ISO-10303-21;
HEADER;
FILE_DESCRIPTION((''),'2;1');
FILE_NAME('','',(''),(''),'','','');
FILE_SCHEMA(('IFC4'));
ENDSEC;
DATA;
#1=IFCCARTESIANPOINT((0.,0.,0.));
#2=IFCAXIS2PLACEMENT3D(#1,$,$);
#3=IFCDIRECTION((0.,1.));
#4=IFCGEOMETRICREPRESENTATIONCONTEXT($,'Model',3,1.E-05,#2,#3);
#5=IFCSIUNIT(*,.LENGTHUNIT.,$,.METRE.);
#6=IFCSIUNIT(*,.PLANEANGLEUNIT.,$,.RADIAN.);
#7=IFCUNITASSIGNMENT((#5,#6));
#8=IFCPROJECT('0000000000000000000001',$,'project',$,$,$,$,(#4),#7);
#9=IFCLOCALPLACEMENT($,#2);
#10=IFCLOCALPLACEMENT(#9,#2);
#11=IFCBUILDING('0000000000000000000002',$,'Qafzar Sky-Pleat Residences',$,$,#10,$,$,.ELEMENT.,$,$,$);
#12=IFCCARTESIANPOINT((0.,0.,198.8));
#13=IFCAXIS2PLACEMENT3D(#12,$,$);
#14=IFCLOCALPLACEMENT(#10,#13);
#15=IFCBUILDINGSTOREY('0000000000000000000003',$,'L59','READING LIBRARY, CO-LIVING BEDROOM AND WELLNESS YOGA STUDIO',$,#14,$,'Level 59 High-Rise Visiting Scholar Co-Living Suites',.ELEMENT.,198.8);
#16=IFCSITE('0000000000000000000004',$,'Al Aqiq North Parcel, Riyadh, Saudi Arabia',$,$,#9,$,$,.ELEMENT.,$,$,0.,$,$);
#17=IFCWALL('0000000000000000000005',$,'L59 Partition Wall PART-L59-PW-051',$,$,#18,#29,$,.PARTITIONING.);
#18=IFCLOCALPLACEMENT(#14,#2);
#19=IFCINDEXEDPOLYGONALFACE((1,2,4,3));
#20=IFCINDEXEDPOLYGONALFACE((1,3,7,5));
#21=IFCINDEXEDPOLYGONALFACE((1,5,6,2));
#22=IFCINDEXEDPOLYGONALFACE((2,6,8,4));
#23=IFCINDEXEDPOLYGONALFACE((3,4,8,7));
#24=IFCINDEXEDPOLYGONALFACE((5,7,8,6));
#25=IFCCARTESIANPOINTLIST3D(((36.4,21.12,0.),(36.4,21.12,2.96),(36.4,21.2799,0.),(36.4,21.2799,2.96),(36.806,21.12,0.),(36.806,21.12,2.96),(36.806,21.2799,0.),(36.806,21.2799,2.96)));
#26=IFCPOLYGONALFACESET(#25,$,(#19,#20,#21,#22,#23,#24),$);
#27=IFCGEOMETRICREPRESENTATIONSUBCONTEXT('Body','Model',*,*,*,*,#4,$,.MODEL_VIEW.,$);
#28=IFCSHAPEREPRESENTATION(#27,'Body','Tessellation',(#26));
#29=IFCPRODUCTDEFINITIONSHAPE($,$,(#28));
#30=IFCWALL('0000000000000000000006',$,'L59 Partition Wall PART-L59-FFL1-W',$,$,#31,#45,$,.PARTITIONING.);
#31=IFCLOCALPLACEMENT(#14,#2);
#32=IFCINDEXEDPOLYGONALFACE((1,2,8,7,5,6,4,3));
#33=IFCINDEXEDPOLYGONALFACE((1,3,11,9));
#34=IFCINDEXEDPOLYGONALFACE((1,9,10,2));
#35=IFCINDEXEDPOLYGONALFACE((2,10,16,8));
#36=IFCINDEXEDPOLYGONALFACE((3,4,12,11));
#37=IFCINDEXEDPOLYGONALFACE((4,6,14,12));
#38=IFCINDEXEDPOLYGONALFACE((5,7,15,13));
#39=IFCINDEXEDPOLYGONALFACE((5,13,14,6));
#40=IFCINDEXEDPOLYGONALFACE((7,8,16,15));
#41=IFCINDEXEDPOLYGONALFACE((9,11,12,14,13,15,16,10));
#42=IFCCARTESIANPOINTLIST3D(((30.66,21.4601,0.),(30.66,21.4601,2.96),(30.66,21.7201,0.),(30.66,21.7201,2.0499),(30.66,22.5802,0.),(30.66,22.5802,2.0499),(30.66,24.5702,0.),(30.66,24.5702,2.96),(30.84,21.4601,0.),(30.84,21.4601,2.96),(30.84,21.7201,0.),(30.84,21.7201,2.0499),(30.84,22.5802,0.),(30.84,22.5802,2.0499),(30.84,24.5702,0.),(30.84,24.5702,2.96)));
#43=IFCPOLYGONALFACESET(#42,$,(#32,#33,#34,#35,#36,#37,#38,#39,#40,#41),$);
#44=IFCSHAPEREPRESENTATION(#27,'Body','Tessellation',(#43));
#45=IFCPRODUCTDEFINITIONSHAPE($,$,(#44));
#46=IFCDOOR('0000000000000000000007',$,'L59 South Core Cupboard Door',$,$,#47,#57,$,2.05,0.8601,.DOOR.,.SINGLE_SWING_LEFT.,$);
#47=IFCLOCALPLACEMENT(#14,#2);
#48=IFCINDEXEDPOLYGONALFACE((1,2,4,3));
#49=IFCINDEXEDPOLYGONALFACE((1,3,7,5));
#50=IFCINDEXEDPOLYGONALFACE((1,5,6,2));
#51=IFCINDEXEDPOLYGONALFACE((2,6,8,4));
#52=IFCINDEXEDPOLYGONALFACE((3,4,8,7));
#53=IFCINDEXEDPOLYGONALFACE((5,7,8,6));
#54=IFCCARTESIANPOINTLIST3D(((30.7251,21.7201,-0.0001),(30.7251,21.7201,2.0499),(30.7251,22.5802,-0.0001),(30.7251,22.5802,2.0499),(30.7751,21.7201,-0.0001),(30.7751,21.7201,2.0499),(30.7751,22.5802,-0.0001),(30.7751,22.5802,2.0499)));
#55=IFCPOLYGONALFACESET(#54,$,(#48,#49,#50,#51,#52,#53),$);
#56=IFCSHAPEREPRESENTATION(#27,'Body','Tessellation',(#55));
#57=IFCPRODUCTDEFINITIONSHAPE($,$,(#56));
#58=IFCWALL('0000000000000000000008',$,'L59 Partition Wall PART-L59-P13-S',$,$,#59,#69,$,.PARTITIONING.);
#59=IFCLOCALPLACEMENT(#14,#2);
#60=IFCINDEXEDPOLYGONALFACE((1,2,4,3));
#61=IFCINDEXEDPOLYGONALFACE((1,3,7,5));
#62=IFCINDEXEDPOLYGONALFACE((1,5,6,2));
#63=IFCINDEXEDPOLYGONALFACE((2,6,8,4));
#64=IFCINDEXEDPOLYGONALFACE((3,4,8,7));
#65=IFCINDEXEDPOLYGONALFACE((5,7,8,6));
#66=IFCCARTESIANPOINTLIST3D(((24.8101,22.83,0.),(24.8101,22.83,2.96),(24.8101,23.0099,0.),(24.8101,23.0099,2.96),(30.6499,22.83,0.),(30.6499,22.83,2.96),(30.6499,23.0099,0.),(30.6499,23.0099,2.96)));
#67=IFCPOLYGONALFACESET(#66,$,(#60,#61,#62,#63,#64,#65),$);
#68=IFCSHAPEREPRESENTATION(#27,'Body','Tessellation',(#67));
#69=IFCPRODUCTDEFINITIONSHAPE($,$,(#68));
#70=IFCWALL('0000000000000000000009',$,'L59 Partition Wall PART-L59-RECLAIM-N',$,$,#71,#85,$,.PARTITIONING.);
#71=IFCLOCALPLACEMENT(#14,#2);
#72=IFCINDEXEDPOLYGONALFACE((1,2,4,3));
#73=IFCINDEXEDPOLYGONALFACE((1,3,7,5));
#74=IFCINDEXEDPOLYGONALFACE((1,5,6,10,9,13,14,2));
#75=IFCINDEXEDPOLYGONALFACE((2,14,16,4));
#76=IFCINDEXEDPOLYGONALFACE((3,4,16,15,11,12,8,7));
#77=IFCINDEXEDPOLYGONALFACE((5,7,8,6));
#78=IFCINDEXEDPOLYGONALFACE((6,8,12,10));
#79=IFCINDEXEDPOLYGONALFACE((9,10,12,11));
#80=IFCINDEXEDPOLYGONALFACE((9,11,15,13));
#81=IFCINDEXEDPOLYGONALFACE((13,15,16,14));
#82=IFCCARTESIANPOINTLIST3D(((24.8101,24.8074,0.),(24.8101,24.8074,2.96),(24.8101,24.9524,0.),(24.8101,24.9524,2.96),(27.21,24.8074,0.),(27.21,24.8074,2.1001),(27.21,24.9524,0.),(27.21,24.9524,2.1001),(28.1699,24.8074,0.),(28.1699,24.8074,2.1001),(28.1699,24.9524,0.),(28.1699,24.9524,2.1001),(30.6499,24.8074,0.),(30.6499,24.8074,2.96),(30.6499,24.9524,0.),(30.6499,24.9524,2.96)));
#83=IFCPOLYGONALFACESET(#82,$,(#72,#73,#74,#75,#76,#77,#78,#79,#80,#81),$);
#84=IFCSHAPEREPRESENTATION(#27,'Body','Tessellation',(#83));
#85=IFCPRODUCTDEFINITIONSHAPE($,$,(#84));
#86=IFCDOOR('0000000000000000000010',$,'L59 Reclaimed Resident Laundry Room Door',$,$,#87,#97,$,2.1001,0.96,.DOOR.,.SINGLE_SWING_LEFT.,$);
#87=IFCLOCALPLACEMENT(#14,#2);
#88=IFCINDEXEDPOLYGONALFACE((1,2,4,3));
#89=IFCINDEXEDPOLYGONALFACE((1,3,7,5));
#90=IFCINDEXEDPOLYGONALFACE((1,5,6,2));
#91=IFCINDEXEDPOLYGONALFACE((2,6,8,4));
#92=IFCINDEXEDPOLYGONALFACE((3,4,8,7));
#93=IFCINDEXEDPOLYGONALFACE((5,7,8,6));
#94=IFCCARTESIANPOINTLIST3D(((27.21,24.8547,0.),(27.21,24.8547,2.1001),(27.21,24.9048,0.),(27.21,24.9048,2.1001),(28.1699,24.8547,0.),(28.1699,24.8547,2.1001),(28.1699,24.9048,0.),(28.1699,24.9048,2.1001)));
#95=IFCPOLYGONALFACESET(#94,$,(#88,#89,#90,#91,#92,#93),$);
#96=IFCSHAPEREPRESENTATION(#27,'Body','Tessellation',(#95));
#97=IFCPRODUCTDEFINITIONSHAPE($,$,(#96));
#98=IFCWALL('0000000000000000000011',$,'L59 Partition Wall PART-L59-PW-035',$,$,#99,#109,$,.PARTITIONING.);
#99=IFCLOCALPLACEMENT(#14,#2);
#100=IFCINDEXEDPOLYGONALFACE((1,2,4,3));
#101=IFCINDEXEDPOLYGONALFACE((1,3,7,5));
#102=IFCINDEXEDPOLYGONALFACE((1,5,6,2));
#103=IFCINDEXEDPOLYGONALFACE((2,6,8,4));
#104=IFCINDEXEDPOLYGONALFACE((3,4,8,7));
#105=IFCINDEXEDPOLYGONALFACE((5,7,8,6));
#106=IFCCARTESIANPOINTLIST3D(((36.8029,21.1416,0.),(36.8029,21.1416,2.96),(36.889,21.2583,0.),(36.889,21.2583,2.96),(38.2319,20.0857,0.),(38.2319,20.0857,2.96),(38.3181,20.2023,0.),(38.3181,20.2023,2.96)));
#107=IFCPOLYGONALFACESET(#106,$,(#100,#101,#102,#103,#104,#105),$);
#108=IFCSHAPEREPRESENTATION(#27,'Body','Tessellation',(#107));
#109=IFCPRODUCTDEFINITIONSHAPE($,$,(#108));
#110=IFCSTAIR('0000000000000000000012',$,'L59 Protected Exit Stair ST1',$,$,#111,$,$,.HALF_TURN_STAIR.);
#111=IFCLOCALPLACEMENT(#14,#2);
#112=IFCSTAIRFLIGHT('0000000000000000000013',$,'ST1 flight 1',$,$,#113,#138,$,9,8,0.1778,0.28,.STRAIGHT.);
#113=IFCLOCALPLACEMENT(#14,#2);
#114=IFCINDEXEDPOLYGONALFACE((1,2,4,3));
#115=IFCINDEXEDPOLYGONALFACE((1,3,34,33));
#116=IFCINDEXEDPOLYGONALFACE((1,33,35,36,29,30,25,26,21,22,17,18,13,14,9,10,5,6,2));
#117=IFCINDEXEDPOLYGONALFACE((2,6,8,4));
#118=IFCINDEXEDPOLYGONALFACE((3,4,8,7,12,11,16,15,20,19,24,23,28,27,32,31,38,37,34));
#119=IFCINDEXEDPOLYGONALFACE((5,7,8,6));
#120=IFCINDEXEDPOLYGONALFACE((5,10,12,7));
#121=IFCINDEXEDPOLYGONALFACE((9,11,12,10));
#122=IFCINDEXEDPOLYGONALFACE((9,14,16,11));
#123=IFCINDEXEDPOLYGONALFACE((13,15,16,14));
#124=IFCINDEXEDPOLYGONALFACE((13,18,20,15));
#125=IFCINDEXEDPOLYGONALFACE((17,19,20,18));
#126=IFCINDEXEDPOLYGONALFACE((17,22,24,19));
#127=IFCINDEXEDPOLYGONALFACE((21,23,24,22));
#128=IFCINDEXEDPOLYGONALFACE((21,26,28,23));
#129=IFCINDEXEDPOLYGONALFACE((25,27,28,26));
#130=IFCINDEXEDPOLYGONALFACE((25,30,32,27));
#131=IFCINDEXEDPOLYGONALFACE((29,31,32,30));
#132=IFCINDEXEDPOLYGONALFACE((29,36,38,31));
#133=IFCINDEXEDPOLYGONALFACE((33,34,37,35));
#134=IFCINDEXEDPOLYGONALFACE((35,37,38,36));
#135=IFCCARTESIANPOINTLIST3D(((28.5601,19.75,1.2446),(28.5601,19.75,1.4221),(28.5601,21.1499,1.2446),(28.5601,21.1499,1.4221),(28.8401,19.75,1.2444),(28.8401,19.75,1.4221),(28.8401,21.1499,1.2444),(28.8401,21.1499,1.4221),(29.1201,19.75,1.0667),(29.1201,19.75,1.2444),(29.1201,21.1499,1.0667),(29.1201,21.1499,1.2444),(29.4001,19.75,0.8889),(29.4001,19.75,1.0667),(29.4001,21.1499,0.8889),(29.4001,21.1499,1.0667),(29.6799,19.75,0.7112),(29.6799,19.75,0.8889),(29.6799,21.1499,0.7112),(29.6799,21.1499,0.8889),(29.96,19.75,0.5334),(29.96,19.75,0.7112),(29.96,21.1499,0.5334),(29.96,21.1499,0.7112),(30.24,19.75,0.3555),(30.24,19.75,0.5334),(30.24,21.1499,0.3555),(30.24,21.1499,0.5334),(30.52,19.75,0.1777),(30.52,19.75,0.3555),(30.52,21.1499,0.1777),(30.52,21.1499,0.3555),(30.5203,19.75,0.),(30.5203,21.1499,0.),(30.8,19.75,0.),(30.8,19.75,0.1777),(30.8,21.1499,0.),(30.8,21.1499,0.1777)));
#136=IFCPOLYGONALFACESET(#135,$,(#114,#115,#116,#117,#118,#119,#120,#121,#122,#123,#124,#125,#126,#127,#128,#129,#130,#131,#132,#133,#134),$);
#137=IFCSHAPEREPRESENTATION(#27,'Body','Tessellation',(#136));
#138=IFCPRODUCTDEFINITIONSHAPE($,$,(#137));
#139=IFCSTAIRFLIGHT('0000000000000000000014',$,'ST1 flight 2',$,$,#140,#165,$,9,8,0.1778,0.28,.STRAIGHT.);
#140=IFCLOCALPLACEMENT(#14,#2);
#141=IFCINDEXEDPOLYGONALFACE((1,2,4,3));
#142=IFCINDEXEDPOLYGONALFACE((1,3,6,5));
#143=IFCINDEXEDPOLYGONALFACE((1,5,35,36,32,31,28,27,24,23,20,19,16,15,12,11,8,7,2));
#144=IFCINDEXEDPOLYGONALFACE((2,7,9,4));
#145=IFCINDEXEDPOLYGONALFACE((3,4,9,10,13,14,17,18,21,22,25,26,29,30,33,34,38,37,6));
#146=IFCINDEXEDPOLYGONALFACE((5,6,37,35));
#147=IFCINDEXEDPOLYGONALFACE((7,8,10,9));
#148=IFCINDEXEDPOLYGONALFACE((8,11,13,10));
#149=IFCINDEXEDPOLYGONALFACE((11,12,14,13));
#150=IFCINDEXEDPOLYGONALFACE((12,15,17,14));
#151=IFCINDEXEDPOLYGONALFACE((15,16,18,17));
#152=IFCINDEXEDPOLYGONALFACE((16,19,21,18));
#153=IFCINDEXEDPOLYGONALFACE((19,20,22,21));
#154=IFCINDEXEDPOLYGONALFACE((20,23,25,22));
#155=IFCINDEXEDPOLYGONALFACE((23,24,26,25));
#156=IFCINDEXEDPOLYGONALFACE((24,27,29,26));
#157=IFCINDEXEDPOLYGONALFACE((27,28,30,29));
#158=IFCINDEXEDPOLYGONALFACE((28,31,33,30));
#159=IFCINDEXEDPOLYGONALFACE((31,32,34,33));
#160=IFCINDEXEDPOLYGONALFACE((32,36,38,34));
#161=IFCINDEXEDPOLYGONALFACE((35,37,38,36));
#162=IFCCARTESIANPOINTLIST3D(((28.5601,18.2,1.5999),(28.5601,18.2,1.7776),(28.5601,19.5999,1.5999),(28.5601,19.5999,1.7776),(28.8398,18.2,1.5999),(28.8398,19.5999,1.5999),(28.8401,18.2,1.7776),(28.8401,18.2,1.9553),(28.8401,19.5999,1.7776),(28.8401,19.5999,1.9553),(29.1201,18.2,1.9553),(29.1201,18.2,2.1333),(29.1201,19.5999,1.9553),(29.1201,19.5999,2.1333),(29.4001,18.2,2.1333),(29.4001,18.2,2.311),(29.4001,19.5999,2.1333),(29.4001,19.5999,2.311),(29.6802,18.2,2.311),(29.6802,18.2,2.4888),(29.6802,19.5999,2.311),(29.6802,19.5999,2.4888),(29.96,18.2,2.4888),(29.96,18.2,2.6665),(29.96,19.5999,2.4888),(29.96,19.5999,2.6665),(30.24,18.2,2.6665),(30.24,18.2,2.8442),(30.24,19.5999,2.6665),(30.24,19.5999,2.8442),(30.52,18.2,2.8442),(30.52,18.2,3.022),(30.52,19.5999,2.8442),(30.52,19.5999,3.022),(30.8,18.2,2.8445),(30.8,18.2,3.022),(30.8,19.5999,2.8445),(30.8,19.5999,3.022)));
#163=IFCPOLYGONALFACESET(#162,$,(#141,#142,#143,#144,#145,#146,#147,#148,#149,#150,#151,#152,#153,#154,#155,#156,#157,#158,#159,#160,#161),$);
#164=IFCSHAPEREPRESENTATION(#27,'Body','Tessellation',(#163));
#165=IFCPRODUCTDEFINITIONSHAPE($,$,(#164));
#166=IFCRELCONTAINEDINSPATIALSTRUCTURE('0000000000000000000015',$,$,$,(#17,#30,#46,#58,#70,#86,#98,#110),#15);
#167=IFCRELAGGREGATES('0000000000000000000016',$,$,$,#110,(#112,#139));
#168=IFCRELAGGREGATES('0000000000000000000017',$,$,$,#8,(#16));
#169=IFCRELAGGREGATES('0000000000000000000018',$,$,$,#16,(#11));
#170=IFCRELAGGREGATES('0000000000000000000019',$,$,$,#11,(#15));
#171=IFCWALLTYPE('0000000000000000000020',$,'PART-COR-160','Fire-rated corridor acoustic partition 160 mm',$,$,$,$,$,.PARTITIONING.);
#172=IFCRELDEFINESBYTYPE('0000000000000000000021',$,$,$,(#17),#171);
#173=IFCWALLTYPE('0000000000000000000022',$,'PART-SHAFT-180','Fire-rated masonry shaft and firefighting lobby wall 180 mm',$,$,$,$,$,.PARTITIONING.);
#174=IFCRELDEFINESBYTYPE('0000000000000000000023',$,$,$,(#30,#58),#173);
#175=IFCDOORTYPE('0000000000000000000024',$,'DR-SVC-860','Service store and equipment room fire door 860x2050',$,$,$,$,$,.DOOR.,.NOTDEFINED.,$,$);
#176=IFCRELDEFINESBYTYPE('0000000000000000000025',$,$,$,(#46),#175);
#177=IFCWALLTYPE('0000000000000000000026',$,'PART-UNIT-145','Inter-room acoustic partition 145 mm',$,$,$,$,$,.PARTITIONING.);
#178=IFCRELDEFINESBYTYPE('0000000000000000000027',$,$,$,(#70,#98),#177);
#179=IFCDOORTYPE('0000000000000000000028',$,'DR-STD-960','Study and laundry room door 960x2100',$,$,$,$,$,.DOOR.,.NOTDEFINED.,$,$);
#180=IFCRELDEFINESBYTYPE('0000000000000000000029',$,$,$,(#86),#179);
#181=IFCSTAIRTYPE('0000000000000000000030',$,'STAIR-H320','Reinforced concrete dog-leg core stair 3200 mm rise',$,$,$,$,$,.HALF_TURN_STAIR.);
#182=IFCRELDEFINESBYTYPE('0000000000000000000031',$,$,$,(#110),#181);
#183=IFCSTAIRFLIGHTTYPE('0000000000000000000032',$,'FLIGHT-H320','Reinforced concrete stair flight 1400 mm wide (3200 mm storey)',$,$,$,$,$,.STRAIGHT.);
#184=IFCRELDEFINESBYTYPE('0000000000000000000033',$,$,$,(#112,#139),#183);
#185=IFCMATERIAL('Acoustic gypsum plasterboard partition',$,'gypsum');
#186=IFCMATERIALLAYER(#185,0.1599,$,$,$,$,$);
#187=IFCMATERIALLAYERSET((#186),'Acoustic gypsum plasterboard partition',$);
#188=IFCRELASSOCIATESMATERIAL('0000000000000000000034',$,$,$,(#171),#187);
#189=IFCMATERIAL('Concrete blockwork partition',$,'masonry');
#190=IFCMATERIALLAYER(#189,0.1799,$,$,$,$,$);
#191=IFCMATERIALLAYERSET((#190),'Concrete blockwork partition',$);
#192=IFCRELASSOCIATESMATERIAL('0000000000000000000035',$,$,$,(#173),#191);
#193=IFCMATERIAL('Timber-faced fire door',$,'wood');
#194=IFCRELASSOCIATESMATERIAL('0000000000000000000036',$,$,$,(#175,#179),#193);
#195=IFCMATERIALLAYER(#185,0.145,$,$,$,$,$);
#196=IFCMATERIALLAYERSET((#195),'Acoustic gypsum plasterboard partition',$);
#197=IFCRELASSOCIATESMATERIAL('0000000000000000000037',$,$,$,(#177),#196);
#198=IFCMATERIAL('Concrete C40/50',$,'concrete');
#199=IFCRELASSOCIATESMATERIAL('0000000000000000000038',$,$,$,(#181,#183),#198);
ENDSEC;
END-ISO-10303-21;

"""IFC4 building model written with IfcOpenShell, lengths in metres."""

from ifc_helpers import new_model, si_unit, direction, frame, frame_2d, origin, place, context, subcontext, project, spatial, polyline, rectangle, outline, extrude, source, transform, mapped, material, layer, layer_set, type_object, element, fill, aggregate, save


model = new_model("IFC4")

# Units and contexts
model_context = context("Model", 3, precision=1e-05, world=origin(), true_north=direction((0.0, 1.0)))
body_context = subcontext(model_context, "Body", "Model", "MODEL_VIEW")
ifc_project = project(units=[si_unit("LENGTHUNIT", "METRE"), si_unit("PLANEANGLEUNIT", "RADIAN")], contexts=[model_context])

# Site, building, storey
site_placement = place(None, origin())
site = spatial("IfcSite", under=ifc_project, at=site_placement, Name="Al Aqiq North Parcel, Riyadh, Saudi Arabia", CompositionType="ELEMENT", RefElevation=0.0)
building_placement = place(site_placement, origin())
building = spatial("IfcBuilding", under=site, at=building_placement, Name="Qafzar Sky-Pleat Residences", CompositionType="ELEMENT")
storey_placement = place(building_placement, frame((0.0, 0.0, 198.8)))
storey = spatial("IfcBuildingStorey", under=building, at=storey_placement, Name="L59", Description="READING LIBRARY, CO-LIVING BEDROOM AND WELLNESS YOGA STUDIO", LongName="Level 59 High-Rise Visiting Scholar Co-Living Suites", CompositionType="ELEMENT", Elevation=198.8)

# Wall
ifc_material_1 = material(Name="Acoustic gypsum plasterboard partition", Category="gypsum")
ifc_layer_1 = layer(ifc_material_1, 0.1599)
ifc_layer_set_1 = layer_set([ifc_layer_1], Name="Acoustic gypsum plasterboard partition")
wall_type_1 = type_object("IfcWallType", Name="PART-COR-160", Description="Fire-rated corridor acoustic partition 160 mm", PredefinedType="PARTITIONING", material=ifc_layer_set_1)
wall_1_placement = place(storey_placement, frame((36.3999, 21.2, 0.0), z_axis=(0.0, 0.0, 1.0), x_axis=(1.0, 0.0, 0.0)))
element("IfcWall", 1, at=wall_1_placement, inside=storey, type_object=wall_type_1, Name="L59 Partition Wall PART-L59-PW-051", PredefinedType="PARTITIONING", context=body_context, shape_type="SweptSolid", body=[
    extrude(rectangle(XDim=0.406, YDim=0.1599, at=frame_2d((0.2031, 0.0))), origin(), (0.0, 0.0, 1.0), 2.96),
])

# Wall, opening, door
ifc_material_2 = material(Name="Concrete blockwork partition", Category="masonry")
ifc_layer_2 = layer(ifc_material_2, 0.1799)
ifc_layer_set_2 = layer_set([ifc_layer_2], Name="Concrete blockwork partition")
wall_type_2 = type_object("IfcWallType", Name="PART-SHAFT-180", Description="Fire-rated masonry shaft and firefighting lobby wall 180 mm", PredefinedType="PARTITIONING", material=ifc_layer_set_2)
wall_2_placement = place(storey_placement, frame((30.75, 21.46, 0.0), z_axis=(0.0, 0.0, 1.0), x_axis=(0.0, 1.0, 0.0)))
wall_2 = element("IfcWall", 2, at=wall_2_placement, inside=storey, type_object=wall_type_2, Name="L59 Partition Wall PART-L59-FFL1-W", PredefinedType="PARTITIONING", context=body_context, shape_type="SweptSolid", body=[
    extrude(rectangle(XDim=3.1101, YDim=0.1799, at=frame_2d((1.5552, 0.0))), origin(), (0.0, 0.0, 1.0), 2.96),
])
opening_1_placement = place(wall_2_placement, frame((0.26, 0.0, 0.0)))
opening_1 = element("IfcOpeningElement", 3, at=opening_1_placement, cuts=wall_2, PredefinedType="OPENING", context=body_context, shape_type="SweptSolid", body=[
    extrude(rectangle(XDim=0.8601, YDim=2.05, at=frame_2d((0.4302, 1.0249))), frame((0.0, 0.1001, 0.0), z_axis=(0.0, -1.0, 0.0), x_axis=(1.0, 0.0, 0.0)), (0.0, 0.0, 1.0), 0.2),
])
ifc_material_3 = material(Name="Timber-faced fire door", Category="wood")
door_type_1 = type_object("IfcDoorType", Name="DR-SVC-860", Description="Service store and equipment room fire door 860x2050", OperationType="NOTDEFINED", PredefinedType="DOOR", material=ifc_material_3)
shared_shape_1 = source(origin(), body_context, "Body", "SweptSolid", [
    extrude(rectangle(XDim=0.8601, YDim=2.05, at=frame_2d((0.4302, 1.0249))), frame((0.0, 0.0249, 0.0), z_axis=(0.0, -1.0, 0.0), x_axis=(1.0, 0.0, 0.0)), (0.0, 0.0, 1.0), 0.05),
])
door_1_placement = place(opening_1_placement, origin())
door_1 = element("IfcDoor", 4, at=door_1_placement, inside=storey, type_object=door_type_1, Name="L59 South Core Cupboard Door", OperationType="SINGLE_SWING_LEFT", OverallHeight=2.05, OverallWidth=0.8601, PredefinedType="DOOR", context=body_context, shape_type="MappedRepresentation", body=[
    mapped(shared_shape_1, transform((0.0, 0.0, 0.0), x_axis=(1.0, 0.0, 0.0), y_axis=(0.0, 1.0, 0.0), z_axis=(0.0, 0.0, 1.0), scale=1.0)),
])
fill(opening_1, door_1)

# Wall
wall_3_placement = place(storey_placement, frame((24.8101, 22.9199, 0.0), z_axis=(0.0, 0.0, 1.0), x_axis=(1.0, 0.0, 0.0)))
element("IfcWall", 5, at=wall_3_placement, inside=storey, type_object=wall_type_2, Name="L59 Partition Wall PART-L59-P13-S", PredefinedType="PARTITIONING", context=body_context, shape_type="SweptSolid", body=[
    extrude(rectangle(XDim=5.8398, YDim=0.1799, at=frame_2d((2.9199, 0.0))), origin(), (0.0, 0.0, 1.0), 2.96),
])

# Wall, opening, door
ifc_layer_3 = layer(ifc_material_1, 0.145)
ifc_layer_set_3 = layer_set([ifc_layer_3], Name="Acoustic gypsum plasterboard partition")
wall_type_3 = type_object("IfcWallType", Name="PART-UNIT-145", Description="Inter-room acoustic partition 145 mm", PredefinedType="PARTITIONING", material=ifc_layer_set_3)
wall_4_placement = place(storey_placement, frame((24.8101, 24.8799, 0.0), z_axis=(0.0, 0.0, 1.0), x_axis=(1.0, 0.0, 0.0)))
wall_4 = element("IfcWall", 6, at=wall_4_placement, inside=storey, type_object=wall_type_3, Name="L59 Partition Wall PART-L59-RECLAIM-N", PredefinedType="PARTITIONING", context=body_context, shape_type="SweptSolid", body=[
    extrude(rectangle(XDim=5.8398, YDim=0.145, at=frame_2d((2.9199, 0.0))), origin(), (0.0, 0.0, 1.0), 2.96),
])
opening_2_placement = place(wall_4_placement, frame((2.3999, 0.0, 0.0)))
opening_2 = element("IfcOpeningElement", 7, at=opening_2_placement, cuts=wall_4, PredefinedType="OPENING", context=body_context, shape_type="SweptSolid", body=[
    extrude(rectangle(XDim=0.96, YDim=2.1001, at=frame_2d((0.48, 1.05))), frame((0.0, 0.0825, 0.0), z_axis=(0.0, -1.0, 0.0), x_axis=(1.0, 0.0, 0.0)), (0.0, 0.0, 1.0), 0.165),
])
door_type_2 = type_object("IfcDoorType", Name="DR-STD-960", Description="Study and laundry room door 960x2100", OperationType="NOTDEFINED", PredefinedType="DOOR", material=ifc_material_3)
shared_shape_2 = source(origin(), body_context, "Body", "SweptSolid", [
    extrude(rectangle(XDim=0.96, YDim=2.1001, at=frame_2d((0.48, 1.05))), frame((0.0, 0.0249, 0.0), z_axis=(0.0, -1.0, 0.0), x_axis=(1.0, 0.0, 0.0)), (0.0, 0.0, 1.0), 0.05),
])
door_2_placement = place(opening_2_placement, origin())
door_2 = element("IfcDoor", 8, at=door_2_placement, inside=storey, type_object=door_type_2, Name="L59 Reclaimed Resident Laundry Room Door", OperationType="SINGLE_SWING_LEFT", OverallHeight=2.1001, OverallWidth=0.96, PredefinedType="DOOR", context=body_context, shape_type="MappedRepresentation", body=[
    mapped(shared_shape_2, transform((0.0, 0.0, 0.0), x_axis=(1.0, 0.0, 0.0), y_axis=(0.0, 1.0, 0.0), z_axis=(0.0, 0.0, 1.0), scale=1.0)),
])
fill(opening_2, door_2)

# Wall
wall_5_placement = place(storey_placement, frame((36.8459, 21.2, 0.0), z_axis=(0.0, 0.0, 1.0), x_axis=(0.80425, -0.594291, 0.0)))
element("IfcWall", 9, at=wall_5_placement, inside=storey, type_object=wall_type_3, Name="L59 Partition Wall PART-L59-PW-035", PredefinedType="PARTITIONING", context=body_context, shape_type="SweptSolid", body=[
    extrude(rectangle(XDim=1.7769, YDim=0.145, at=frame_2d((0.8884, 0.0))), origin(), (0.0, 0.0, 1.0), 2.96),
])

# Stair, stair flights
ifc_material_4 = material(Name="Concrete C40/50", Category="concrete")
stair_type = type_object("IfcStairType", Name="STAIR-H320", Description="Reinforced concrete dog-leg core stair 3200 mm rise", PredefinedType="HALF_TURN_STAIR", material=ifc_material_4)
stair_placement = place(storey_placement, origin())
stair = element("IfcStair", 10, at=stair_placement, inside=storey, type_object=stair_type, Name="L59 Protected Exit Stair ST1", PredefinedType="HALF_TURN_STAIR")
stair_flight_type = type_object("IfcStairFlightType", Name="FLIGHT-H320", Description="Reinforced concrete stair flight 1400 mm wide (3200 mm storey)", PredefinedType="STRAIGHT", material=ifc_material_4)
shared_shape_3 = source(origin(), body_context, "Body", "SweptSolid", [
    extrude(outline(polyline([(0.0, 0.0), (0.0, 0.1777), (0.28, 0.1777), (0.28, 0.3555), (0.5601, 0.3555), (0.5601, 0.5334), (0.8401, 0.5334), (0.8401, 0.7112), (1.1201, 0.7112), (1.1201, 0.8889), (1.3999, 0.8889), (1.3999, 1.0667), (1.6799, 1.0667), (1.6799, 1.2444), (1.96, 1.2444), (1.96, 1.4221), (2.24, 1.4221), (2.24, 1.6001), (2.24, 1.2446), (0.2798, 0.0), (0.0, 0.0)])), frame((0.0, 0.7, 0.0), z_axis=(0.0, -1.0, 0.0), x_axis=(1.0, 0.0, 0.0)), (0.0, 0.0, 1.0), 1.3999),
])
stair_flight_1_placement = place(storey_placement, frame((30.8, 20.45, 0.0), z_axis=(0.0, 0.0, 1.0), x_axis=(-1.0, 0.0, 0.0)))
stair_flight_1 = element("IfcStairFlight", 11, at=stair_flight_1_placement, type_object=stair_flight_type, Name="ST1 flight 1", NumberOfRisers=9, NumberOfTreads=8, PredefinedType="STRAIGHT", RiserHeight=0.1778, TreadLength=0.28, context=body_context, shape_type="MappedRepresentation", body=[
    mapped(shared_shape_3, transform((0.0, 0.0, 0.0), x_axis=(1.0, 0.0, 0.0), y_axis=(0.0, 1.0, 0.0), z_axis=(0.0, 0.0, 1.0), scale=1.0)),
])
stair_flight_2_placement = place(storey_placement, frame((28.5601, 18.8999, 1.5999), z_axis=(0.0, 0.0, 1.0), x_axis=(1.0, 0.0, 0.0)))
stair_flight_2 = element("IfcStairFlight", 12, at=stair_flight_2_placement, type_object=stair_flight_type, Name="ST1 flight 2", NumberOfRisers=9, NumberOfTreads=8, PredefinedType="STRAIGHT", RiserHeight=0.1778, TreadLength=0.28, context=body_context, shape_type="MappedRepresentation", body=[
    mapped(shared_shape_3, transform((0.0, 0.0, 0.0), x_axis=(1.0, 0.0, 0.0), y_axis=(0.0, 1.0, 0.0), z_axis=(0.0, 0.0, 1.0), scale=1.0)),
])
aggregate(stair, [stair_flight_1, stair_flight_2])

save(model, "model.ifc")
